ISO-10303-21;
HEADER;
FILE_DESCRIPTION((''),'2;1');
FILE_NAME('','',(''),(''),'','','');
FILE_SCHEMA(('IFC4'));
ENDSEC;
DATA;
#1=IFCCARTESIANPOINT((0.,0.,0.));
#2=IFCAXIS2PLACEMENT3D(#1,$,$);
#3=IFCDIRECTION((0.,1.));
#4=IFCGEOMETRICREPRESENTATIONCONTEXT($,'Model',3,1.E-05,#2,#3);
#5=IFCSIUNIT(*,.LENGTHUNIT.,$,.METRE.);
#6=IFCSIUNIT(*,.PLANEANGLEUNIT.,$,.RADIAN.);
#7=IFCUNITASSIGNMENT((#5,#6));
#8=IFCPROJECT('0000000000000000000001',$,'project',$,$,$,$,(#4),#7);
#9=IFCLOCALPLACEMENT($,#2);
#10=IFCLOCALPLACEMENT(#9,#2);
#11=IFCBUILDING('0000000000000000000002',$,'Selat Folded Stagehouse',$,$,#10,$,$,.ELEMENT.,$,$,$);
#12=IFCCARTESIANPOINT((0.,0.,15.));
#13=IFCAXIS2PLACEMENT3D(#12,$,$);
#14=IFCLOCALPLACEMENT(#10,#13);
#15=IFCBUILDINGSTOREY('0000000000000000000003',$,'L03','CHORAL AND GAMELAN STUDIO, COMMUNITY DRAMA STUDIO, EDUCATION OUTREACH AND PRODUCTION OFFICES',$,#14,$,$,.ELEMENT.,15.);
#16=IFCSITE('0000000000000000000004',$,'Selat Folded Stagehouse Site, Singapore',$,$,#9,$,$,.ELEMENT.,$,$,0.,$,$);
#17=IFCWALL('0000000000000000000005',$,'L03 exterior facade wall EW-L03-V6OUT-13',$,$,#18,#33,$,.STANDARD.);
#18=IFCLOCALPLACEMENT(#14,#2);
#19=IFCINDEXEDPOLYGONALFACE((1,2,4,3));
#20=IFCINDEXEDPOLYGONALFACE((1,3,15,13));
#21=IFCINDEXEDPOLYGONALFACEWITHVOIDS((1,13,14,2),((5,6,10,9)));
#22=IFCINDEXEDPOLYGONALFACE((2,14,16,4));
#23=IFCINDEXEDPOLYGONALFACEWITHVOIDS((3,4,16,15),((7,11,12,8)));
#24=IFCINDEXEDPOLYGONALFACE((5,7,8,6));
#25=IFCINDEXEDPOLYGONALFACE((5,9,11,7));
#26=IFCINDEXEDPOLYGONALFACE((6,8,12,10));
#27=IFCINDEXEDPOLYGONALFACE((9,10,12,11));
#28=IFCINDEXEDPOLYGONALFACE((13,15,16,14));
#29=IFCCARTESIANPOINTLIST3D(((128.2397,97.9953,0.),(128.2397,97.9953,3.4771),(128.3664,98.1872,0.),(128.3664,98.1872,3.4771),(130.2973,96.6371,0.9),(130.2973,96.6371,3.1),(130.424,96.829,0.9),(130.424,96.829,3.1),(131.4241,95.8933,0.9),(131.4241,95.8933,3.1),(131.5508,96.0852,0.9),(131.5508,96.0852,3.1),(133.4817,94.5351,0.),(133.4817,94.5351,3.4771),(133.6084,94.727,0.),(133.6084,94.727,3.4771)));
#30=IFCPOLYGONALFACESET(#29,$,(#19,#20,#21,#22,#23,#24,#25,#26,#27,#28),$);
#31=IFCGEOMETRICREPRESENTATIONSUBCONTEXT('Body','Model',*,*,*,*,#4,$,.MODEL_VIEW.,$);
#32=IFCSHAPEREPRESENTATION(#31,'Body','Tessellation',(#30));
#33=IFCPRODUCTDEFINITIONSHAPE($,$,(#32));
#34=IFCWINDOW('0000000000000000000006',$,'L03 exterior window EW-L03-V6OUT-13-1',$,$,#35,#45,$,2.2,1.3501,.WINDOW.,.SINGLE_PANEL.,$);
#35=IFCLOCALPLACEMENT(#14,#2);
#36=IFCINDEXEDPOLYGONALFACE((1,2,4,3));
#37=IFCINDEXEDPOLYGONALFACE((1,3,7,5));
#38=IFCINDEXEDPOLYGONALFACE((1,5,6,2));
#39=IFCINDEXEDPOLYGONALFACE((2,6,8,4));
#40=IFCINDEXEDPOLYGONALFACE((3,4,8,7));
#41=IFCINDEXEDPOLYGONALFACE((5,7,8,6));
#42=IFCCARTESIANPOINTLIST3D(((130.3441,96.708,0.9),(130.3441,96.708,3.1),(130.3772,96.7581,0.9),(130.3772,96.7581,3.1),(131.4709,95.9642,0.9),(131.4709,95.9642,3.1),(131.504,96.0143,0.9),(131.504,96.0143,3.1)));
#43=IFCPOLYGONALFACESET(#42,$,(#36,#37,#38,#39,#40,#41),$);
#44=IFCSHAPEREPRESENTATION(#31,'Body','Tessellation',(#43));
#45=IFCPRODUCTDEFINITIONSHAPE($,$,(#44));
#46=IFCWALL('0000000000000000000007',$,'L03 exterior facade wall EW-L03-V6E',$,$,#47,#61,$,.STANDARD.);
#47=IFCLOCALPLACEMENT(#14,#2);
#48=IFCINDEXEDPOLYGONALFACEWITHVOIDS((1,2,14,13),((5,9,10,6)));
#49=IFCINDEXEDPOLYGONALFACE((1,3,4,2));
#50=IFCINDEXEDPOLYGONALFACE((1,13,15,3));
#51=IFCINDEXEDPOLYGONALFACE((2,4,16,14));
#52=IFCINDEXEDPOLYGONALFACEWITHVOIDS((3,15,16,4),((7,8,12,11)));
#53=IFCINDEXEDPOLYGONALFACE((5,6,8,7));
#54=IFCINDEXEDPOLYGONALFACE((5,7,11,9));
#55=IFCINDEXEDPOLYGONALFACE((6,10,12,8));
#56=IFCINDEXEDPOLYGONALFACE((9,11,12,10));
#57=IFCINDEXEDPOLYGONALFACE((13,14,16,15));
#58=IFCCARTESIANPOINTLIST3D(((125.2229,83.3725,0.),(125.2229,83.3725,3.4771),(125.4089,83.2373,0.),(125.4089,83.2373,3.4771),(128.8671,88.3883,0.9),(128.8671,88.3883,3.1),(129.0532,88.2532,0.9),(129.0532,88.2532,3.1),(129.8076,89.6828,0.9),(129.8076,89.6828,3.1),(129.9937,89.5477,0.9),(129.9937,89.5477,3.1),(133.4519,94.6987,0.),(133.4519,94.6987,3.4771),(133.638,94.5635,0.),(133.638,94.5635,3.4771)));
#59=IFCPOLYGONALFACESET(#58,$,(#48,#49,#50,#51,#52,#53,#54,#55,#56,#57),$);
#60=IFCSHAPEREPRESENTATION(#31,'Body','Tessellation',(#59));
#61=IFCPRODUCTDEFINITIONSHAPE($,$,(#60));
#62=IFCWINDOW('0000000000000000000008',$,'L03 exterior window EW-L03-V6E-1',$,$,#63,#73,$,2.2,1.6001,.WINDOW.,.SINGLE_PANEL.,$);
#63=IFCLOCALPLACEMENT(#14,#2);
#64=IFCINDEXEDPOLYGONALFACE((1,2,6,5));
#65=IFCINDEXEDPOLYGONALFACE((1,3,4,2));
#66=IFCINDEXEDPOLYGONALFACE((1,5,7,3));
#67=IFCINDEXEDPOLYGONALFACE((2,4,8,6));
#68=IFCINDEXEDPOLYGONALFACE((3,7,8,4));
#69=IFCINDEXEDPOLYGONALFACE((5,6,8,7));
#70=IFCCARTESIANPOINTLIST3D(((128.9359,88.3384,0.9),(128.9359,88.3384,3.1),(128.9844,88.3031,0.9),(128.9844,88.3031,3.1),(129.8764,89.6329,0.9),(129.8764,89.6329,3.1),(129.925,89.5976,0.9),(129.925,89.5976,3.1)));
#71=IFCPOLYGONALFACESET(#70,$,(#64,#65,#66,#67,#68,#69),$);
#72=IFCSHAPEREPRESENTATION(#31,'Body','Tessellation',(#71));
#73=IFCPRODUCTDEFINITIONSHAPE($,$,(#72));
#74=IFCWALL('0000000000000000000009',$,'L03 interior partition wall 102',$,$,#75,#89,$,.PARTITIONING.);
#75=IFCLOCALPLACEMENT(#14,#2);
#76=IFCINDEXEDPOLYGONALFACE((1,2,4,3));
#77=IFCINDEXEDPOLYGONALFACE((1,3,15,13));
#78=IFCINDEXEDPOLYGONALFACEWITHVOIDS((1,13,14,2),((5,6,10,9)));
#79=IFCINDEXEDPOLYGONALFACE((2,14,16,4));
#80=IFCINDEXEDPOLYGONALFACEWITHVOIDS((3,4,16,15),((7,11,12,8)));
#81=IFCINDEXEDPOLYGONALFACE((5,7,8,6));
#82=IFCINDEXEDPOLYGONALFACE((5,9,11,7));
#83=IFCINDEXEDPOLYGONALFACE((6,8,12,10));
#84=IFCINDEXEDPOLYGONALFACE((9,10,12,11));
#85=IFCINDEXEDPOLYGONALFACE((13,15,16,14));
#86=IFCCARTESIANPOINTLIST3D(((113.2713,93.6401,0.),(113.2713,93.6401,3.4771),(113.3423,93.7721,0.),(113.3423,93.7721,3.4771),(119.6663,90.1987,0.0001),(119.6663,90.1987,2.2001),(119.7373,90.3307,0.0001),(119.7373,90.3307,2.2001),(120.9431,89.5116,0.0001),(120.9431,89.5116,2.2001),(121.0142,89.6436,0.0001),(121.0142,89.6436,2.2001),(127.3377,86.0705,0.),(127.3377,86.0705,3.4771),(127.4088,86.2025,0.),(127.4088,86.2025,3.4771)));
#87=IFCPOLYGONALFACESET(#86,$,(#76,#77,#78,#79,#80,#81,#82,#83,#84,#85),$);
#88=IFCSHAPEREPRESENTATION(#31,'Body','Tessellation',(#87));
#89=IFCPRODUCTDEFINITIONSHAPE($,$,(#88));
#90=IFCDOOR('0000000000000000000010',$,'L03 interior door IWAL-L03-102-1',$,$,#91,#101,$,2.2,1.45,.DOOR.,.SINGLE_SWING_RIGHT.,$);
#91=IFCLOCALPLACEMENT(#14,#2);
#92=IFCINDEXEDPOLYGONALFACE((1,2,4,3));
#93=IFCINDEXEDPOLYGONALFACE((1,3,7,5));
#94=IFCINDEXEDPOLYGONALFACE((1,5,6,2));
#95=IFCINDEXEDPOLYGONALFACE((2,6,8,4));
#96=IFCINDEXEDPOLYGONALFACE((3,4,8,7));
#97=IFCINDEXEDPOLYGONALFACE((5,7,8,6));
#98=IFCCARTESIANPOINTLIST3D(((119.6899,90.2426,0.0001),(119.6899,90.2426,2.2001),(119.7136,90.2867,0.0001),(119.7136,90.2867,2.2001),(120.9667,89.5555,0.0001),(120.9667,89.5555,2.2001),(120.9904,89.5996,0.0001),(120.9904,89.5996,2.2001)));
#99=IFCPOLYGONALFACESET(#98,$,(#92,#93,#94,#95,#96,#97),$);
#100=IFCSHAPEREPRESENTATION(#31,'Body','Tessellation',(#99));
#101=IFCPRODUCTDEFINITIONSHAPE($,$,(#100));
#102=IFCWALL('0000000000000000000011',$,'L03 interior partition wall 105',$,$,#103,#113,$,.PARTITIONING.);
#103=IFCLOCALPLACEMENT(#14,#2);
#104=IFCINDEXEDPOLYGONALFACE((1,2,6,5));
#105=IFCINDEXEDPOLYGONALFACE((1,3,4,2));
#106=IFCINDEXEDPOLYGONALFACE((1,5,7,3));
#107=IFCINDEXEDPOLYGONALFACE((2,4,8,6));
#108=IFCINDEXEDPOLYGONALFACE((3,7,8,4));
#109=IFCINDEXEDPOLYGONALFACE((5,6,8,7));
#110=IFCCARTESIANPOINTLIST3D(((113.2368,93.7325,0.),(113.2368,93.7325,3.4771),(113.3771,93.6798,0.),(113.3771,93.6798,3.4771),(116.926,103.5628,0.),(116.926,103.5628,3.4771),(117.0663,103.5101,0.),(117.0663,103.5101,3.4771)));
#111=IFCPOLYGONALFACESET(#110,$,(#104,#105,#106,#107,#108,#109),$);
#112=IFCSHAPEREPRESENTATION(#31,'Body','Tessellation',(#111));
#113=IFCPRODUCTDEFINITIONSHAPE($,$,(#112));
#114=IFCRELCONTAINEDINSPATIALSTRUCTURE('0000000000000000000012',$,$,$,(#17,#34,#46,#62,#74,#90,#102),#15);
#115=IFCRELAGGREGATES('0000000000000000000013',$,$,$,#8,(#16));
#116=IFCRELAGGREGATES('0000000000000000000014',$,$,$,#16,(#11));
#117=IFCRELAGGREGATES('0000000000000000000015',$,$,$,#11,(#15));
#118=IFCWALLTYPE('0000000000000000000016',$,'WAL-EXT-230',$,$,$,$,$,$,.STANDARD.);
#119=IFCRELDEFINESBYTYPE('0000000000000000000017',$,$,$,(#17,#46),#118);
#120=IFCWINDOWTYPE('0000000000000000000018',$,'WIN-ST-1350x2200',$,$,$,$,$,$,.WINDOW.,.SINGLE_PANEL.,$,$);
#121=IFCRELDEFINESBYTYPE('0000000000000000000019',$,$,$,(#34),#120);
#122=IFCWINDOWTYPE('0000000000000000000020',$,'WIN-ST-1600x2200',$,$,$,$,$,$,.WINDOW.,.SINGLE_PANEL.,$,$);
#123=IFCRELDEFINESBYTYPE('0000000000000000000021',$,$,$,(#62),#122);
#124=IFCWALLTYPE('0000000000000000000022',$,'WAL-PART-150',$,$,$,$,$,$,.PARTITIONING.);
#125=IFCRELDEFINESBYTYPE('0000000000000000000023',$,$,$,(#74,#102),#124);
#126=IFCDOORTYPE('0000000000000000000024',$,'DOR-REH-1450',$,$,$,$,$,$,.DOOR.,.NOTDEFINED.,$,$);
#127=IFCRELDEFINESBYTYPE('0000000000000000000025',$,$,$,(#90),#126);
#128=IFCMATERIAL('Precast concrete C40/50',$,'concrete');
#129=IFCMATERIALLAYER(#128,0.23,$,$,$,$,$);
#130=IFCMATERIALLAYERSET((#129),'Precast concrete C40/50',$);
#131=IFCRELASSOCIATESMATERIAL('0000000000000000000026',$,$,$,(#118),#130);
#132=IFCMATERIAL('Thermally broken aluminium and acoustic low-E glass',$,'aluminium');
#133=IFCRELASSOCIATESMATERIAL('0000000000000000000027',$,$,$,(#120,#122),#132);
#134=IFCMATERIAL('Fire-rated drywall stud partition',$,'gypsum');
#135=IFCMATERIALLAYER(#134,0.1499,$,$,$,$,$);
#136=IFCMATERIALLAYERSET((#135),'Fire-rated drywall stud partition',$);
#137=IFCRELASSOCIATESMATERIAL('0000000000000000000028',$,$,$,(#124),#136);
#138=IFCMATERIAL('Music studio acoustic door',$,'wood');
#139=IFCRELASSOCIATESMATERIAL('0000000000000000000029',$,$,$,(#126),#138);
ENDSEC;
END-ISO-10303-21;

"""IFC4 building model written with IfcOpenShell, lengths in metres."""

from ifc_helpers import new_model, si_unit, direction, frame, frame_2d, origin, place, context, subcontext, project, spatial, rectangle, extrude, material, layer, layer_set, type_object, element, fill, save


model = new_model("IFC4")

# Units and contexts
model_context = context("Model", 3, precision=1e-05, world=origin(), true_north=direction((0.0, 1.0)))
body_context = subcontext(model_context, "Body", "Model", "MODEL_VIEW")
ifc_project = project(units=[si_unit("LENGTHUNIT", "METRE"), si_unit("PLANEANGLEUNIT", "RADIAN")], contexts=[model_context])

# Site, building, storey
site_placement = place(None, origin())
site = spatial("IfcSite", under=ifc_project, at=site_placement, Name="Selat Folded Stagehouse Site, Singapore", CompositionType="ELEMENT", RefElevation=0.0)
building_placement = place(site_placement, origin())
building = spatial("IfcBuilding", under=site, at=building_placement, Name="Selat Folded Stagehouse", CompositionType="ELEMENT")
storey_placement = place(building_placement, frame((0.0, 0.0, 15.0)))
storey = spatial("IfcBuildingStorey", under=building, at=storey_placement, Name="L03", Description="CHORAL AND GAMELAN STUDIO, COMMUNITY DRAMA STUDIO, EDUCATION OUTREACH AND PRODUCTION OFFICES", CompositionType="ELEMENT", Elevation=15.0)

# Walls, openings, windows
ifc_material_1 = material(Name="Precast concrete C40/50", Category="concrete")
ifc_layer_1 = layer(ifc_material_1, 0.23)
ifc_layer_set_1 = layer_set([ifc_layer_1], Name="Precast concrete C40/50")
wall_type_1 = type_object("IfcWallType", Name="WAL-EXT-230", PredefinedType="STANDARD", material=ifc_layer_set_1)
ifc_material_2 = material(Name="Thermally broken aluminium and acoustic low-E glass", Category="aluminium")
wall_1_placement = place(storey_placement, frame((128.303, 98.0913, 0.0), z_axis=(0.0, 0.0, 1.0), x_axis=(0.834571, -0.5509, 0.0)))
wall_1 = element("IfcWall", 1, at=wall_1_placement, inside=storey, type_object=wall_type_1, Name="L03 exterior facade wall EW-L03-V6OUT-13", PredefinedType="STANDARD", context=body_context, shape_type="SweptSolid", body=[
    extrude(rectangle(XDim=6.281, YDim=0.23, at=frame_2d((3.1406, 0.0))), origin(), (0.0, 0.0, 1.0), 3.4771),
])
opening_1_placement = place(wall_1_placement, frame((2.4656, 0.0, 0.8999)))
opening_1 = element("IfcOpeningElement", 2, at=opening_1_placement, cuts=wall_1, PredefinedType="OPENING", context=body_context, shape_type="SweptSolid", body=[
    extrude(rectangle(XDim=1.3501, YDim=2.2, at=frame_2d((0.675, 1.1001))), frame((0.0, 0.125, 0.0), z_axis=(0.0, -1.0, 0.0), x_axis=(1.0, 0.0, 0.0)), (0.0, 0.0, 1.0), 0.25),
])
window_type_1 = type_object("IfcWindowType", Name="WIN-ST-1350x2200", PartitioningType="SINGLE_PANEL", PredefinedType="WINDOW", material=ifc_material_2)
window_1_placement = place(opening_1_placement, origin())
window_1 = element("IfcWindow", 3, at=window_1_placement, inside=storey, type_object=window_type_1, Name="L03 exterior window EW-L03-V6OUT-13-1", OverallHeight=2.2, OverallWidth=1.3501, PartitioningType="SINGLE_PANEL", PredefinedType="WINDOW", context=body_context, shape_type="SweptSolid", body=[
    extrude(rectangle(XDim=1.3501, YDim=2.2, at=frame_2d((0.675, 1.1001))), frame((0.0, 0.03, 0.0), z_axis=(0.0, -1.0, 0.0), x_axis=(1.0, 0.0, 0.0)), (0.0, 0.0, 1.0), 0.0601),
])
fill(opening_1, window_1)
wall_2_placement = place(storey_placement, frame((133.5449, 94.6311, 0.0), z_axis=(0.0, 0.0, 1.0), x_axis=(-0.587788, -0.809015, 0.0)))
wall_2 = element("IfcWall", 4, at=wall_2_placement, inside=storey, type_object=wall_type_1, Name="L03 exterior facade wall EW-L03-V6E", PredefinedType="STANDARD", context=body_context, shape_type="SweptSolid", body=[
    extrude(rectangle(XDim=14.0, YDim=0.23, at=frame_2d((7.0, 0.0))), origin(), (0.0, 0.0, 1.0), 3.4771),
])
opening_2_placement = place(wall_2_placement, frame((6.2, 0.0, 0.8999)))
opening_2 = element("IfcOpeningElement", 5, at=opening_2_placement, cuts=wall_2, PredefinedType="OPENING", context=body_context, shape_type="SweptSolid", body=[
    extrude(rectangle(XDim=1.6001, YDim=2.2, at=frame_2d((0.8, 1.1001))), frame((0.0, 0.125, 0.0), z_axis=(0.0, -1.0, 0.0), x_axis=(1.0, 0.0, 0.0)), (0.0, 0.0, 1.0), 0.25),
])
window_type_2 = type_object("IfcWindowType", Name="WIN-ST-1600x2200", PartitioningType="SINGLE_PANEL", PredefinedType="WINDOW", material=ifc_material_2)
window_2_placement = place(opening_2_placement, origin())
window_2 = element("IfcWindow", 6, at=window_2_placement, inside=storey, type_object=window_type_2, Name="L03 exterior window EW-L03-V6E-1", OverallHeight=2.2, OverallWidth=1.6001, PartitioningType="SINGLE_PANEL", PredefinedType="WINDOW", context=body_context, shape_type="SweptSolid", body=[
    extrude(rectangle(XDim=1.6001, YDim=2.2, at=frame_2d((0.8, 1.1001))), frame((0.0, 0.03, 0.0), z_axis=(0.0, -1.0, 0.0), x_axis=(1.0, 0.0, 0.0)), (0.0, 0.0, 1.0), 0.0601),
])
fill(opening_2, window_2)

# Wall, opening, door
ifc_material_3 = material(Name="Fire-rated drywall stud partition", Category="gypsum")
ifc_layer_2 = layer(ifc_material_3, 0.1499)
ifc_layer_set_2 = layer_set([ifc_layer_2], Name="Fire-rated drywall stud partition")
wall_type_2 = type_object("IfcWallType", Name="WAL-PART-150", PredefinedType="PARTITIONING", material=ifc_layer_set_2)
wall_3_placement = place(storey_placement, frame((113.3069, 93.7061, 0.0), z_axis=(0.0, 0.0, 1.0), x_axis=(0.880592, -0.473875, 0.0)))
wall_3 = element("IfcWall", 7, at=wall_3_placement, inside=storey, type_object=wall_type_2, Name="L03 interior partition wall 102", PredefinedType="PARTITIONING", context=body_context, shape_type="SweptSolid", body=[
    extrude(rectangle(XDim=15.9739, YDim=0.1499, at=frame_2d((7.9868, 0.0))), origin(), (0.0, 0.0, 1.0), 3.4771),
])
opening_3_placement = place(wall_3_placement, frame((7.262, 0.0, 0.0)))
opening_3 = element("IfcOpeningElement", 8, at=opening_3_placement, cuts=wall_3, PredefinedType="OPENING", context=body_context, shape_type="SweptSolid", body=[
    extrude(rectangle(XDim=1.45, YDim=2.2, at=frame_2d((0.7251, 1.1001))), frame((0.0, 0.085, 0.0), z_axis=(0.0, -1.0, 0.0), x_axis=(1.0, 0.0, 0.0)), (0.0, 0.0, 1.0), 0.1699),
])
ifc_material_4 = material(Name="Music studio acoustic door", Category="wood")
door_type = type_object("IfcDoorType", Name="DOR-REH-1450", OperationType="NOTDEFINED", PredefinedType="DOOR", material=ifc_material_4)
door_placement = place(opening_3_placement, origin())
door = element("IfcDoor", 9, at=door_placement, inside=storey, type_object=door_type, Name="L03 interior door IWAL-L03-102-1", OperationType="SINGLE_SWING_RIGHT", OverallHeight=2.2, OverallWidth=1.45, PredefinedType="DOOR", context=body_context, shape_type="SweptSolid", body=[
    extrude(rectangle(XDim=1.45, YDim=2.2, at=frame_2d((0.7251, 1.1001))), frame((0.0, 0.0249, 0.0), z_axis=(0.0, -1.0, 0.0), x_axis=(1.0, 0.0, 0.0)), (0.0, 0.0, 1.0), 0.05),
])
fill(opening_3, door)

# Wall
wall_4_placement = place(storey_placement, frame((113.3069, 93.7061, 0.0), z_axis=(0.0, 0.0, 1.0), x_axis=(0.35136, 0.93624, 0.0)))
element("IfcWall", 10, at=wall_4_placement, inside=storey, type_object=wall_type_2, Name="L03 interior partition wall 105", PredefinedType="PARTITIONING", context=body_context, shape_type="SweptSolid", body=[
    extrude(rectangle(XDim=10.4998, YDim=0.1499, at=frame_2d((5.25, 0.0))), origin(), (0.0, 0.0, 1.0), 3.4771),
])

save(model, "model.ifc")
